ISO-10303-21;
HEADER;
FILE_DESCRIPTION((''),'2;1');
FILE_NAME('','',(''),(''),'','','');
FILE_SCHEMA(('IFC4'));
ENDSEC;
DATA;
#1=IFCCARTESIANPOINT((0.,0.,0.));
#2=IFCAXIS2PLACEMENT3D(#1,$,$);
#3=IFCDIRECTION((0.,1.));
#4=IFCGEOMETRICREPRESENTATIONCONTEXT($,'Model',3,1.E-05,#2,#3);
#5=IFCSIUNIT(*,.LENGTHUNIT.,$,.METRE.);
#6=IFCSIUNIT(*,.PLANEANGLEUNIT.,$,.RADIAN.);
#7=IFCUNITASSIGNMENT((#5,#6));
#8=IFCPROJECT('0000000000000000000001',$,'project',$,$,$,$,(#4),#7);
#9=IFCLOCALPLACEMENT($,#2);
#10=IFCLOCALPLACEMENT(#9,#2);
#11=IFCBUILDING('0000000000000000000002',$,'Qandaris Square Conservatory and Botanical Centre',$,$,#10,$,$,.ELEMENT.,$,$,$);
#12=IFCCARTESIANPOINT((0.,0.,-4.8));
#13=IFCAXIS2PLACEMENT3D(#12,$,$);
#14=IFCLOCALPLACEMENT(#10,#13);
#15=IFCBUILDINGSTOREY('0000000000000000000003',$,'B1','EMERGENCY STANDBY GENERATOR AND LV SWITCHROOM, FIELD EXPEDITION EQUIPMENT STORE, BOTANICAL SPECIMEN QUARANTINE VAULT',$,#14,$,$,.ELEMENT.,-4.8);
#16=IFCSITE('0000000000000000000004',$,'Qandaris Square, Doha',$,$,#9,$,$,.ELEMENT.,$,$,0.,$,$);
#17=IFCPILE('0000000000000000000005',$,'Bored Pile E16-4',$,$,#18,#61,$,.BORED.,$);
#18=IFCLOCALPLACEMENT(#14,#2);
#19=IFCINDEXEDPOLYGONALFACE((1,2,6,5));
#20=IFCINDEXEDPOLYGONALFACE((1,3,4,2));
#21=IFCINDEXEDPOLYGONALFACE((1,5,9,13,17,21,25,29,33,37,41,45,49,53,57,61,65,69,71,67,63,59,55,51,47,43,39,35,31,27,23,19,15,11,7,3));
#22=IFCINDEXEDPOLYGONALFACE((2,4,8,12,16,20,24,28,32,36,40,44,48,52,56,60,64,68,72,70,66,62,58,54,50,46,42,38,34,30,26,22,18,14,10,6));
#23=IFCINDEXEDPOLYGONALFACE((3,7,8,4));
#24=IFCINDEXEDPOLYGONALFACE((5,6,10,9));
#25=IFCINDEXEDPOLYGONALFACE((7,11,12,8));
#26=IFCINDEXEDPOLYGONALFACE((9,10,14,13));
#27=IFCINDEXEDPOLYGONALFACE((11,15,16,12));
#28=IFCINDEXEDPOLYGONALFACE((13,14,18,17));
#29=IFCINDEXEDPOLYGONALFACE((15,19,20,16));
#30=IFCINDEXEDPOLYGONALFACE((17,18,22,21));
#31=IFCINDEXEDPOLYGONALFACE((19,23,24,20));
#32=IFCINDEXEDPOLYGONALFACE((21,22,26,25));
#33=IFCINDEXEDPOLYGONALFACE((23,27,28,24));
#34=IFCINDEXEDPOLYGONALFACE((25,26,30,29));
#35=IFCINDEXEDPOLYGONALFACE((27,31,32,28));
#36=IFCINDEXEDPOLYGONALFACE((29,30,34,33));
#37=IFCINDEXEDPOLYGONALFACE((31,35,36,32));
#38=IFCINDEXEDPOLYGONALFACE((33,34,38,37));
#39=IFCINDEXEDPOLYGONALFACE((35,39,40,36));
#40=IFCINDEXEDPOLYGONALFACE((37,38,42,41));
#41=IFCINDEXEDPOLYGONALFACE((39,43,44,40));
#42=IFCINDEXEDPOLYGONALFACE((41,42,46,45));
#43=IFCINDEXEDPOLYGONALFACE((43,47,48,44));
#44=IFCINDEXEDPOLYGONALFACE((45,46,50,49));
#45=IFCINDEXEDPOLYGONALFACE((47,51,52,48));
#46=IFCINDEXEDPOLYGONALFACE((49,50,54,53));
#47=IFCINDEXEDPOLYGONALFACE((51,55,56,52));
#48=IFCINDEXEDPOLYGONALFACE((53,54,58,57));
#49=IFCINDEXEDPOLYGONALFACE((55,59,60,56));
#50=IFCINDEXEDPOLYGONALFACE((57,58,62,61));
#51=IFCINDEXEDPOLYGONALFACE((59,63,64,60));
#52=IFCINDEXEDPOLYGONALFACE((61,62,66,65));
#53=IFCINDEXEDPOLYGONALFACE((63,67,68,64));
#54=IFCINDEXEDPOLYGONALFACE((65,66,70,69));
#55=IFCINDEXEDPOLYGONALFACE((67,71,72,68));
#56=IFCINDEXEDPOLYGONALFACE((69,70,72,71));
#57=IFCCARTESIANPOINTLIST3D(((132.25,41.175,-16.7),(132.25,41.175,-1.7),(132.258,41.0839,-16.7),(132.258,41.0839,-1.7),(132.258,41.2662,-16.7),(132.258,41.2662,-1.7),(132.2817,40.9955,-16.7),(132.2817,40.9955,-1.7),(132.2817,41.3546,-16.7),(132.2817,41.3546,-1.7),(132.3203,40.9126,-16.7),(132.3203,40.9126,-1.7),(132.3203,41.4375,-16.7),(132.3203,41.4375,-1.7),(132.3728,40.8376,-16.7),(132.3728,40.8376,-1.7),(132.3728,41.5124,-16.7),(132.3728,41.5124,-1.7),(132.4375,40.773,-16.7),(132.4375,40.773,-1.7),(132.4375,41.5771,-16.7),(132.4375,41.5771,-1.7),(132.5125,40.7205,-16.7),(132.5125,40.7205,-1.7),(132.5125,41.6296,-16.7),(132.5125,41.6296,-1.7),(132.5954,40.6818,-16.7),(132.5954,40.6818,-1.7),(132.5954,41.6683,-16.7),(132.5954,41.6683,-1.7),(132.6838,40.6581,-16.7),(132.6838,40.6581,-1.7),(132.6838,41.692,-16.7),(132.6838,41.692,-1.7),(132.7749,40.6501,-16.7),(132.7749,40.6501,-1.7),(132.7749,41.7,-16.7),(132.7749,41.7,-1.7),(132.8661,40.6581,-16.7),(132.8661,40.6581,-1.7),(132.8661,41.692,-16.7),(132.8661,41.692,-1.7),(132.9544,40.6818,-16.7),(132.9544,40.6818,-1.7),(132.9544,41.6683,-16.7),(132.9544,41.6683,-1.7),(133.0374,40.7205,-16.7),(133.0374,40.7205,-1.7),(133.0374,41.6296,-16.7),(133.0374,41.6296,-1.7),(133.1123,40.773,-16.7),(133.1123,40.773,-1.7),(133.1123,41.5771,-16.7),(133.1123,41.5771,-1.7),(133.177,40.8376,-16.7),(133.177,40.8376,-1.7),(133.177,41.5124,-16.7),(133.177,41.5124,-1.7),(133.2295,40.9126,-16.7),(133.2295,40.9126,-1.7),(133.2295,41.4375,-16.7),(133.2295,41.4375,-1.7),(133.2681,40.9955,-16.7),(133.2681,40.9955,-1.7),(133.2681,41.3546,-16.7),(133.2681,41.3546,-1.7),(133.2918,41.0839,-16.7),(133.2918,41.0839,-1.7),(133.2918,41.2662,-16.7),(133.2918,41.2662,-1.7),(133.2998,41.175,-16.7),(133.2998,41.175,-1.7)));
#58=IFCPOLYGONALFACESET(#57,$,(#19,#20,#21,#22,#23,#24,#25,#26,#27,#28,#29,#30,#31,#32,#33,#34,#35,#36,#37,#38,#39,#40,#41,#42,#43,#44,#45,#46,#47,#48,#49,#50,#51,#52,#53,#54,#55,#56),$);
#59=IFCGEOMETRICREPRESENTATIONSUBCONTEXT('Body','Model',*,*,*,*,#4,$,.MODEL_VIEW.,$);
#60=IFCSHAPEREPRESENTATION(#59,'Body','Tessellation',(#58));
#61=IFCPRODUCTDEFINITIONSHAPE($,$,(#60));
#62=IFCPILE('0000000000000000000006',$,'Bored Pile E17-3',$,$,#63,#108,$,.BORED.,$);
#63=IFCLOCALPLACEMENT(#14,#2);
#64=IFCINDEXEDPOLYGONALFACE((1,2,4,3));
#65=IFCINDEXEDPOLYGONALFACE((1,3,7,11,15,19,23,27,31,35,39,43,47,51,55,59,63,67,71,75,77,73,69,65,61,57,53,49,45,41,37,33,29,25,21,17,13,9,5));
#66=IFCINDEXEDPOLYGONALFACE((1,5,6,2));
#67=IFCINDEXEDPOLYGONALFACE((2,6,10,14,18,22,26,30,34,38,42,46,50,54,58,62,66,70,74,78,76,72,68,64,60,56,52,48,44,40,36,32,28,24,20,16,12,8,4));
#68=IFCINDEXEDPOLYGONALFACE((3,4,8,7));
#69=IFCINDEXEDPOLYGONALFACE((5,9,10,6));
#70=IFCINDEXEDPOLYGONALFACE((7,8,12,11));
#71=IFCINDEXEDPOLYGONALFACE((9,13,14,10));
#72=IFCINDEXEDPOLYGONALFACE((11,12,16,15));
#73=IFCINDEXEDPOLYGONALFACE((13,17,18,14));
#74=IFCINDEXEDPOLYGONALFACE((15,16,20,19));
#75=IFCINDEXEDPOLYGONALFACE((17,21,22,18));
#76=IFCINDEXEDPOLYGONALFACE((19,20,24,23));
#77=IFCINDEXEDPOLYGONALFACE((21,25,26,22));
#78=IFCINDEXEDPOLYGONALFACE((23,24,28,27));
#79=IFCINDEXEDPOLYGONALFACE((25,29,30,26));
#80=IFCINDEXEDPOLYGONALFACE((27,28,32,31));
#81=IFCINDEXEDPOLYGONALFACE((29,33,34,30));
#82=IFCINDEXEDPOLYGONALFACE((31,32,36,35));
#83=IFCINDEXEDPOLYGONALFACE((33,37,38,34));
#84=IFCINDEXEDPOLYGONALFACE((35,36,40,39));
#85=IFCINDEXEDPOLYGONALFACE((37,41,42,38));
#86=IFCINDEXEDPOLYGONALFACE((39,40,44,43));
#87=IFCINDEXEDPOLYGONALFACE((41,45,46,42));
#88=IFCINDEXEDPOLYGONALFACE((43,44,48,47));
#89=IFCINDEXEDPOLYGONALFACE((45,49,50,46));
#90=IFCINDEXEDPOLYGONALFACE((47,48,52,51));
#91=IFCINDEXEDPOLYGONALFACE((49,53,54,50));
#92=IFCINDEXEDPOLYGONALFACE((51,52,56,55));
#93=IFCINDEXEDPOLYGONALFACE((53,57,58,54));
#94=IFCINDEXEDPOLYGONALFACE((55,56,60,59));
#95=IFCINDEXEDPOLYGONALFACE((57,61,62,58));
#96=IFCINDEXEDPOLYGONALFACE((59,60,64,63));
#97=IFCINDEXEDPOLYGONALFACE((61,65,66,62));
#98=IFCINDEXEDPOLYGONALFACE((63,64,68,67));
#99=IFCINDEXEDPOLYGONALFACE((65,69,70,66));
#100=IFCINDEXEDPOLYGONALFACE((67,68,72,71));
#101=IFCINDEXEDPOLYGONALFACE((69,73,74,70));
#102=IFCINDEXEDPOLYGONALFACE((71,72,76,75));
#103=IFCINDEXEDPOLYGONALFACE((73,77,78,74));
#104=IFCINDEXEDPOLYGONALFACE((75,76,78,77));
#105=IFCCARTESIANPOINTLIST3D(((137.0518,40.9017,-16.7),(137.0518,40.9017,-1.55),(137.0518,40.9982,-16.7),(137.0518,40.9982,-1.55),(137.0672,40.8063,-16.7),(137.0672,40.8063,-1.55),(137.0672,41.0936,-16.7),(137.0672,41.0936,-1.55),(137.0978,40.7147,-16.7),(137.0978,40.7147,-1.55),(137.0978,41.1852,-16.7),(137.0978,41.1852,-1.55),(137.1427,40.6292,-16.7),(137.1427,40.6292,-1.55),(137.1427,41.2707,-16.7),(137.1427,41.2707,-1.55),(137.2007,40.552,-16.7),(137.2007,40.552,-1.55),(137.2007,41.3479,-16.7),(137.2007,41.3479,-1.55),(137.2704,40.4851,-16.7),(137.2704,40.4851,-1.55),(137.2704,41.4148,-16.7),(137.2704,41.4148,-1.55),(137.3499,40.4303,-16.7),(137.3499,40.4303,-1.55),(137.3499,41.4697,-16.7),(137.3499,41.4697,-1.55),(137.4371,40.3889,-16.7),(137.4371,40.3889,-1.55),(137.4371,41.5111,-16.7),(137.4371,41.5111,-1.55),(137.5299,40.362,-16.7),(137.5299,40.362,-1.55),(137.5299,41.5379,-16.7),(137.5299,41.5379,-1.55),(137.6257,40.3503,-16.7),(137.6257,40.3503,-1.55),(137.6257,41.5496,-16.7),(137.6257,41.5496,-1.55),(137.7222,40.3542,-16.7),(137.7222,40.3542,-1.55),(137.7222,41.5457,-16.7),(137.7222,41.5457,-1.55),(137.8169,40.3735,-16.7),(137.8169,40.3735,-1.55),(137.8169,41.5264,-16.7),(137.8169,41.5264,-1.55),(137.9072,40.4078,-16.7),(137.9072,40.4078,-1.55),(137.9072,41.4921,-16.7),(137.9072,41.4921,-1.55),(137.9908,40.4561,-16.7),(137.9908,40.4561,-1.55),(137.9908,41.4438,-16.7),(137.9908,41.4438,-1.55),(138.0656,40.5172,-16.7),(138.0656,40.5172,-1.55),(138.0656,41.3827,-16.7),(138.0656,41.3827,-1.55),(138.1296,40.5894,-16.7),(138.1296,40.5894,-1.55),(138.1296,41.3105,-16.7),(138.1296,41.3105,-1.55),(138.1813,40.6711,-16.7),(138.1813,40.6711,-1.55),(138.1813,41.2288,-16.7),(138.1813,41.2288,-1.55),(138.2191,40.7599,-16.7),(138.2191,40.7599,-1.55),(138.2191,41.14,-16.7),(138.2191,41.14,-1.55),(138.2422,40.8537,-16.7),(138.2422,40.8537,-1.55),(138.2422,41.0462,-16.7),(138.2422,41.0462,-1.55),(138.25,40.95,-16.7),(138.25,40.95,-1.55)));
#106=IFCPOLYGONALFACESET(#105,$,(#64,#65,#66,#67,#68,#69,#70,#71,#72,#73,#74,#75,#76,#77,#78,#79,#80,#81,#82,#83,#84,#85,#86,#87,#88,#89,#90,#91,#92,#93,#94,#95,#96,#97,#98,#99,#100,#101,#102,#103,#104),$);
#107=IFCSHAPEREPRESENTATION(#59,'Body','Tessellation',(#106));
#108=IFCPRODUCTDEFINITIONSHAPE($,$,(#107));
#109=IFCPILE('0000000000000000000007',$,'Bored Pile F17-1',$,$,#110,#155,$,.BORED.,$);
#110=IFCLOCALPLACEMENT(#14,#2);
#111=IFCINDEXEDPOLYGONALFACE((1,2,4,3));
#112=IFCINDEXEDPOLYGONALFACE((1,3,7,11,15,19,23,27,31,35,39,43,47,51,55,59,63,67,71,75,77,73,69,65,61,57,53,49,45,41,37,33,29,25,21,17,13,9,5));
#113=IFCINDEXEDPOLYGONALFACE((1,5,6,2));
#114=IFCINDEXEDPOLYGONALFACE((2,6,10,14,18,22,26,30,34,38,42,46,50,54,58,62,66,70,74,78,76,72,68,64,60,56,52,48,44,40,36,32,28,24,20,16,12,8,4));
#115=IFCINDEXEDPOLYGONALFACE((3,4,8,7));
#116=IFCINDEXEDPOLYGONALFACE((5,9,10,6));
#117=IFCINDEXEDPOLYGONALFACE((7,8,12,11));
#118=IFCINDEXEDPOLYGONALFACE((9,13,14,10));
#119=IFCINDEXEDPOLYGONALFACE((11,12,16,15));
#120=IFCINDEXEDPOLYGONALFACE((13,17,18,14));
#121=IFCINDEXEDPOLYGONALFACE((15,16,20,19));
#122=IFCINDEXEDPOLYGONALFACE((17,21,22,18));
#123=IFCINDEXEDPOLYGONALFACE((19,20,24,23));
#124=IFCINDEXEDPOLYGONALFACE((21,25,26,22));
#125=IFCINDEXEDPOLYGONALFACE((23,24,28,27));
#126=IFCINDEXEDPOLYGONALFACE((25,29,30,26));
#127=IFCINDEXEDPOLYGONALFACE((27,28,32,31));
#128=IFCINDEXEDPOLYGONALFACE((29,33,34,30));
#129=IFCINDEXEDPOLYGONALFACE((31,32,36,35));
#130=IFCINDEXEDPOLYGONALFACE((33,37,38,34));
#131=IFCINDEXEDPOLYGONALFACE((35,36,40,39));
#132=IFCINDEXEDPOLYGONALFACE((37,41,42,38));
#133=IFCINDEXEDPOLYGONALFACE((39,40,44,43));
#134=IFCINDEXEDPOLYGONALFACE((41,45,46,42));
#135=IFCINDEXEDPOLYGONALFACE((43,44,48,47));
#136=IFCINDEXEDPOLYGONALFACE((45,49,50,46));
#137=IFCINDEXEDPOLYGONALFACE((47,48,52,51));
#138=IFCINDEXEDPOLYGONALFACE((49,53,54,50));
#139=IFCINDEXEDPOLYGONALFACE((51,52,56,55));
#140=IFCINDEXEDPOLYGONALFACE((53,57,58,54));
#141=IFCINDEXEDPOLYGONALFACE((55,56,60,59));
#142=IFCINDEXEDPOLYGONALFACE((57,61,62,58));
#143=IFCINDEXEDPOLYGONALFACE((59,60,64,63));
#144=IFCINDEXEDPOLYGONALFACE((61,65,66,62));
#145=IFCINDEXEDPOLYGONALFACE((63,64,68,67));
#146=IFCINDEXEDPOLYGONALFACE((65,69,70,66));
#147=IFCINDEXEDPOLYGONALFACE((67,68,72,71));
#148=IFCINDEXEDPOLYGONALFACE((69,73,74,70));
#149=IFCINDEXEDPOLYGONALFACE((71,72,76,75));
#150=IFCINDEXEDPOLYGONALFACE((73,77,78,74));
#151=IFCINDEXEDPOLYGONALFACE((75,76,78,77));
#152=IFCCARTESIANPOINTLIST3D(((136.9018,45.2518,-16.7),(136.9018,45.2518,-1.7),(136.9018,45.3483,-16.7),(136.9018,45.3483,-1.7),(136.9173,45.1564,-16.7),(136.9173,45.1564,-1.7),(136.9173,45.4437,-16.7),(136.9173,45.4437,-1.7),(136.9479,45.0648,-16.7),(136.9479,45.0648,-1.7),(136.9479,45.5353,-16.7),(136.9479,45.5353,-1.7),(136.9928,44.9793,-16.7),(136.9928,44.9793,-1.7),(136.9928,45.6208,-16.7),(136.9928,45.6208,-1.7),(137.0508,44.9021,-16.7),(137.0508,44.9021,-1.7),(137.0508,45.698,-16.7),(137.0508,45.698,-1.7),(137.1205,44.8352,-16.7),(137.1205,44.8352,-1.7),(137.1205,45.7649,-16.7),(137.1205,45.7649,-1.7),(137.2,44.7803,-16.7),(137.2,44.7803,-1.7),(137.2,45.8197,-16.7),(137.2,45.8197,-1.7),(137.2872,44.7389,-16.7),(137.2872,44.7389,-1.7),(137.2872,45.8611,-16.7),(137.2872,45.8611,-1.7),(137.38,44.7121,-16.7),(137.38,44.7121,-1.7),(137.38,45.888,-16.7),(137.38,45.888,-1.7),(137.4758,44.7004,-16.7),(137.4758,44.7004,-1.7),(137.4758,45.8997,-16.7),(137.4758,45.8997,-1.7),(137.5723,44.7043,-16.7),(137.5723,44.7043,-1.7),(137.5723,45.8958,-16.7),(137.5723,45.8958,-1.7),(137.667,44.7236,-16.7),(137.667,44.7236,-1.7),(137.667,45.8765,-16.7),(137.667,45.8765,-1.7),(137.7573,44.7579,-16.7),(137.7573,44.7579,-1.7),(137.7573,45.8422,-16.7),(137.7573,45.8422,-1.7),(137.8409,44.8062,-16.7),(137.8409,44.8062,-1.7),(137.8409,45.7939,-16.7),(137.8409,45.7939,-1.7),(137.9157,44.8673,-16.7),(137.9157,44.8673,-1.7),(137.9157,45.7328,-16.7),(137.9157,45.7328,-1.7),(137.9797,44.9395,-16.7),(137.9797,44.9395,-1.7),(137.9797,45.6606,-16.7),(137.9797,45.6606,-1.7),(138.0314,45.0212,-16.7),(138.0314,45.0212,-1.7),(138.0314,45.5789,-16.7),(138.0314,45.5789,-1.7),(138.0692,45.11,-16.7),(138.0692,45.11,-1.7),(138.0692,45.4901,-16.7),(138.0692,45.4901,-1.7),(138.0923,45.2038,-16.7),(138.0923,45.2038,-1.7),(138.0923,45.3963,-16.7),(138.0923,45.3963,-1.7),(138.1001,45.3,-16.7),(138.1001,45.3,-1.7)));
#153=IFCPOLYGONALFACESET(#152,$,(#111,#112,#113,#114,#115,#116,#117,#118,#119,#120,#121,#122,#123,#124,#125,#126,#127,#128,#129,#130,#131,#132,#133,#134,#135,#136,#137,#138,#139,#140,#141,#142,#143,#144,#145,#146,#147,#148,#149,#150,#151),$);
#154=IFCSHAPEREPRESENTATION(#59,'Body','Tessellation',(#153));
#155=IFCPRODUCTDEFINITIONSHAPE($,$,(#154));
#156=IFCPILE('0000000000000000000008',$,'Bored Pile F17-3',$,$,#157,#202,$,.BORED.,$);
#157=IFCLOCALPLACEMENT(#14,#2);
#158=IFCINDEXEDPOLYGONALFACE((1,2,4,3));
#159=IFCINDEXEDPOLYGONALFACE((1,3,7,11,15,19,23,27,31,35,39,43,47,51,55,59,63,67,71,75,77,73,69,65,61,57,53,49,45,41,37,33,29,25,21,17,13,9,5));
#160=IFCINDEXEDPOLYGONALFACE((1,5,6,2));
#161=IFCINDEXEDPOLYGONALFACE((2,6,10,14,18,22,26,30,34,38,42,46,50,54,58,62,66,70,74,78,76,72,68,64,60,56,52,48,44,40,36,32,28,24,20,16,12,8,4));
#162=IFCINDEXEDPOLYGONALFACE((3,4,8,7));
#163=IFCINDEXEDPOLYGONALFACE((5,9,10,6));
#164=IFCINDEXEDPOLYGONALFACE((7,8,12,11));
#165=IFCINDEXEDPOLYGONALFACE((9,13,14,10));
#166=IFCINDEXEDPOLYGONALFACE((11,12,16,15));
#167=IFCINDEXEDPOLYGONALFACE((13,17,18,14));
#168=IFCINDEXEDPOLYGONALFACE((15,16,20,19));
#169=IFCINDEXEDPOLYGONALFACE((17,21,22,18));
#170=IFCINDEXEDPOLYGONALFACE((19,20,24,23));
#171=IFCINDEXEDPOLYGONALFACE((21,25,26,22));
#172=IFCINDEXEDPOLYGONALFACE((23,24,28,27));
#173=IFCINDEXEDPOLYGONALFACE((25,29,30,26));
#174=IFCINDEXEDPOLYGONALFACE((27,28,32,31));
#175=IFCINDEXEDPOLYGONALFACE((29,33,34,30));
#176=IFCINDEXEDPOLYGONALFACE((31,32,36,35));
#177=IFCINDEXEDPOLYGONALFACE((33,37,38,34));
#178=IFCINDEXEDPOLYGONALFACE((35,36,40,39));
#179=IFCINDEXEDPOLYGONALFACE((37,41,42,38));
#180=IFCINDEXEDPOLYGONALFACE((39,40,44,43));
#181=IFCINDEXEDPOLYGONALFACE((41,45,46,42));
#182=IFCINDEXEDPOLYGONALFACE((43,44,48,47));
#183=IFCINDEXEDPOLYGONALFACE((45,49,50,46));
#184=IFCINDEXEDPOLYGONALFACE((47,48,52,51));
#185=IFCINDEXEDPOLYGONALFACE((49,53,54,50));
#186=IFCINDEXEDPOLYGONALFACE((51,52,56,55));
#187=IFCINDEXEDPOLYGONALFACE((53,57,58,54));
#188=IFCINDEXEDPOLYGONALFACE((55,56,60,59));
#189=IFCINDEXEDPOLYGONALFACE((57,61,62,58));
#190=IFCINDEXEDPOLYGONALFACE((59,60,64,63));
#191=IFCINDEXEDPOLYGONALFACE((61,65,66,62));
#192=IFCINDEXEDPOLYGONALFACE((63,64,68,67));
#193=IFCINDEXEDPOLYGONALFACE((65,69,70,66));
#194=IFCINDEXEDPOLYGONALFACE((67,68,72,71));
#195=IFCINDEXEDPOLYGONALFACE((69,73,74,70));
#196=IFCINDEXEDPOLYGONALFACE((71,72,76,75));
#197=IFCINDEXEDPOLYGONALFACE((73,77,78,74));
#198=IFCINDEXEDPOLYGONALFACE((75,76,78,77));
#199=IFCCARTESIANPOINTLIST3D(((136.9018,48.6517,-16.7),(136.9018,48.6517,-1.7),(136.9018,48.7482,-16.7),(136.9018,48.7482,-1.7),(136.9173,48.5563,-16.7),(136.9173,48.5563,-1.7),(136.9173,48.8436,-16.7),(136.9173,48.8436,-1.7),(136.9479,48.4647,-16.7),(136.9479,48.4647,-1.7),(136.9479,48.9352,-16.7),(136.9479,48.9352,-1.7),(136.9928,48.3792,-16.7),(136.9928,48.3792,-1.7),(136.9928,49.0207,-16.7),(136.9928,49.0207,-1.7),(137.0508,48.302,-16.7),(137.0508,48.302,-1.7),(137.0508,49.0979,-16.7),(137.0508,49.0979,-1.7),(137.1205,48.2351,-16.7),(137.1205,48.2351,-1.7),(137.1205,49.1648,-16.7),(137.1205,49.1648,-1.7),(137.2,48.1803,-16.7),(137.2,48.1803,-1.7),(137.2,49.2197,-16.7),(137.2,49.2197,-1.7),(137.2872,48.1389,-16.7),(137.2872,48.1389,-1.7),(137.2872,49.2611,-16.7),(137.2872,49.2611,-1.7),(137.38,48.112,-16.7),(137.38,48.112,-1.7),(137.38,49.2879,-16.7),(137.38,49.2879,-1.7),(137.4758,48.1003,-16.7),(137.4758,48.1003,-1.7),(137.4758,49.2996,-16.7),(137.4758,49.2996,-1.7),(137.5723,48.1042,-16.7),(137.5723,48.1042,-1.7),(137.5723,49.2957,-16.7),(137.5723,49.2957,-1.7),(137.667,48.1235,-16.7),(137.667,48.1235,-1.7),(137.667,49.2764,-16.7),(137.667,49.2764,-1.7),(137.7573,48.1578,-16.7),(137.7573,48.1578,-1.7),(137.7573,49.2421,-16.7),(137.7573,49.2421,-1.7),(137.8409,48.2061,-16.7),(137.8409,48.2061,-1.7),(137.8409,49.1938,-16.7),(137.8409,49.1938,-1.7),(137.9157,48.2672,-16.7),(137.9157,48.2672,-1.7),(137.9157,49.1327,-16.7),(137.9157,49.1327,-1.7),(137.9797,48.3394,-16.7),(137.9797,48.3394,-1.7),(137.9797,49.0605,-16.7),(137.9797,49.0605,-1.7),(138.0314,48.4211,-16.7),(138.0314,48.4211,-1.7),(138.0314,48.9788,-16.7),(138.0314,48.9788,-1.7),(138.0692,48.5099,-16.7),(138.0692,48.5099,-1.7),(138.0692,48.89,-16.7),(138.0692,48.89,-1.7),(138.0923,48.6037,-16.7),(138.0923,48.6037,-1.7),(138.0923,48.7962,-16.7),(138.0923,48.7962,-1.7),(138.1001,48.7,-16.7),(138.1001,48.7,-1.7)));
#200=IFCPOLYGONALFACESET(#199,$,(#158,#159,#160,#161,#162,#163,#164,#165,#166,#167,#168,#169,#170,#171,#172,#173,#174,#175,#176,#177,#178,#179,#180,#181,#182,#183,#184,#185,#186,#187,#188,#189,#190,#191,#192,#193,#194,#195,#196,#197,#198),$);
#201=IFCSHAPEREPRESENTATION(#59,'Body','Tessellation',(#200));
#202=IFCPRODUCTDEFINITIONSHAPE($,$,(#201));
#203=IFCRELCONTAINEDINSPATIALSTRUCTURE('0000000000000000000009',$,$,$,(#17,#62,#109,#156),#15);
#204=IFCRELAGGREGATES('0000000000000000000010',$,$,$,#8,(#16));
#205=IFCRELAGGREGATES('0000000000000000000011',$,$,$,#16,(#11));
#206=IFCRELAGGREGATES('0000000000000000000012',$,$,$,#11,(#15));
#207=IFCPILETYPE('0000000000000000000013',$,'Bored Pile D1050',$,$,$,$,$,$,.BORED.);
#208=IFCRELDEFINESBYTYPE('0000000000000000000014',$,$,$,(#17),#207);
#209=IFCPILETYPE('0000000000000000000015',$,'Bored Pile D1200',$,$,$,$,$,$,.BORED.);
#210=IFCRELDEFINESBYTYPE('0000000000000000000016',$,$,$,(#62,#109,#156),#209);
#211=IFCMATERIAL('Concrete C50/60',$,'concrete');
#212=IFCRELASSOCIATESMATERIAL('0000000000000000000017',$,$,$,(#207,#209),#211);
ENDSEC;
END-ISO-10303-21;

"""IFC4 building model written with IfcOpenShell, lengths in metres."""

from ifc_helpers import new_model, si_unit, direction, frame, origin, origin_2d, place, context, subcontext, project, spatial, circle, extrude, material, material_profile, profile_set, type_object, element, save


model = new_model("IFC4")

# Units and contexts
model_context = context("Model", 3, precision=1e-05, world=origin(), true_north=direction((0.0, 1.0)))
body_context = subcontext(model_context, "Body", "Model", "MODEL_VIEW")
ifc_project = project(units=[si_unit("LENGTHUNIT", "METRE"), si_unit("PLANEANGLEUNIT", "RADIAN")], contexts=[model_context])

# Site, building, storey
site_placement = place(None, origin())
site = spatial("IfcSite", under=ifc_project, at=site_placement, Name="Qandaris Square, Doha", CompositionType="ELEMENT", RefElevation=0.0)
building_placement = place(site_placement, origin())
building = spatial("IfcBuilding", under=site, at=building_placement, Name="Qandaris Square Conservatory and Botanical Centre", CompositionType="ELEMENT")
storey_placement = place(building_placement, frame((0.0, 0.0, -4.8)))
storey = spatial("IfcBuildingStorey", under=building, at=storey_placement, Name="B1", Description="EMERGENCY STANDBY GENERATOR AND LV SWITCHROOM, FIELD EXPEDITION EQUIPMENT STORE, BOTANICAL SPECIMEN QUARANTINE VAULT", CompositionType="ELEMENT", Elevation=-4.8)

# Piles
ifc_material_1 = material(Name="Concrete C50/60", Category="concrete")
ifc_material_profile_1 = material_profile(ifc_material_1, circle(Radius=0.5249, at=origin_2d()), Name="PILE D1050")
ifc_profile_set_1 = profile_set([ifc_material_profile_1], Name="Concrete C50/60")
pile_type_1 = type_object("IfcPileType", Name="Bored Pile D1050", PredefinedType="BORED", material=ifc_profile_set_1)
pile_1_placement = place(storey_placement, frame((132.7749, 41.175, -1.7), z_axis=(0.0, 0.0, -1.0), x_axis=(1.0, 0.0, 0.0)))
element("IfcPile", 1, at=pile_1_placement, inside=storey, type_object=pile_type_1, Name="Bored Pile E16-4", PredefinedType="BORED", context=body_context, shape_type="SweptSolid", body=[
    extrude(circle(Radius=0.5249, at=origin_2d()), origin(), (0.0, 0.0, 1.0), 15.0),
])
ifc_material_profile_2 = material_profile(ifc_material_1, circle(Radius=0.6001, at=origin_2d()), Name="PILE D1200")
ifc_profile_set_2 = profile_set([ifc_material_profile_2], Name="Concrete C50/60")
pile_type_2 = type_object("IfcPileType", Name="Bored Pile D1200", PredefinedType="BORED", material=ifc_profile_set_2)
pile_2_placement = place(storey_placement, frame((137.6499, 40.95, -1.55), z_axis=(0.0, 0.0, -1.0), x_axis=(1.0, 0.0, 0.0)))
element("IfcPile", 2, at=pile_2_placement, inside=storey, type_object=pile_type_2, Name="Bored Pile E17-3", PredefinedType="BORED", context=body_context, shape_type="SweptSolid", body=[
    extrude(circle(Radius=0.6001, at=origin_2d()), origin(), (0.0, 0.0, 1.0), 15.1499),
])
for number, where, z_axis, x_axis, name in (
    (3, (137.5, 45.3, -1.7), (0.0, 0.0, -1.0), (1.0, 0.0, 0.0), "Bored Pile F17-1"),
    (4, (137.5, 48.7, -1.7), (0.0, 0.0, -1.0), (1.0, 0.0, 0.0), "Bored Pile F17-3"),
):
    element("IfcPile", number, at=place(storey_placement, frame(where, z_axis=z_axis, x_axis=x_axis)), inside=storey, type_object=pile_type_2, Name=name, PredefinedType="BORED", context=body_context, shape_type="SweptSolid", body=[
        extrude(circle(Radius=0.6001, at=origin_2d()), origin(), (0.0, 0.0, 1.0), 15.0),
    ])

save(model, "model.ifc")
